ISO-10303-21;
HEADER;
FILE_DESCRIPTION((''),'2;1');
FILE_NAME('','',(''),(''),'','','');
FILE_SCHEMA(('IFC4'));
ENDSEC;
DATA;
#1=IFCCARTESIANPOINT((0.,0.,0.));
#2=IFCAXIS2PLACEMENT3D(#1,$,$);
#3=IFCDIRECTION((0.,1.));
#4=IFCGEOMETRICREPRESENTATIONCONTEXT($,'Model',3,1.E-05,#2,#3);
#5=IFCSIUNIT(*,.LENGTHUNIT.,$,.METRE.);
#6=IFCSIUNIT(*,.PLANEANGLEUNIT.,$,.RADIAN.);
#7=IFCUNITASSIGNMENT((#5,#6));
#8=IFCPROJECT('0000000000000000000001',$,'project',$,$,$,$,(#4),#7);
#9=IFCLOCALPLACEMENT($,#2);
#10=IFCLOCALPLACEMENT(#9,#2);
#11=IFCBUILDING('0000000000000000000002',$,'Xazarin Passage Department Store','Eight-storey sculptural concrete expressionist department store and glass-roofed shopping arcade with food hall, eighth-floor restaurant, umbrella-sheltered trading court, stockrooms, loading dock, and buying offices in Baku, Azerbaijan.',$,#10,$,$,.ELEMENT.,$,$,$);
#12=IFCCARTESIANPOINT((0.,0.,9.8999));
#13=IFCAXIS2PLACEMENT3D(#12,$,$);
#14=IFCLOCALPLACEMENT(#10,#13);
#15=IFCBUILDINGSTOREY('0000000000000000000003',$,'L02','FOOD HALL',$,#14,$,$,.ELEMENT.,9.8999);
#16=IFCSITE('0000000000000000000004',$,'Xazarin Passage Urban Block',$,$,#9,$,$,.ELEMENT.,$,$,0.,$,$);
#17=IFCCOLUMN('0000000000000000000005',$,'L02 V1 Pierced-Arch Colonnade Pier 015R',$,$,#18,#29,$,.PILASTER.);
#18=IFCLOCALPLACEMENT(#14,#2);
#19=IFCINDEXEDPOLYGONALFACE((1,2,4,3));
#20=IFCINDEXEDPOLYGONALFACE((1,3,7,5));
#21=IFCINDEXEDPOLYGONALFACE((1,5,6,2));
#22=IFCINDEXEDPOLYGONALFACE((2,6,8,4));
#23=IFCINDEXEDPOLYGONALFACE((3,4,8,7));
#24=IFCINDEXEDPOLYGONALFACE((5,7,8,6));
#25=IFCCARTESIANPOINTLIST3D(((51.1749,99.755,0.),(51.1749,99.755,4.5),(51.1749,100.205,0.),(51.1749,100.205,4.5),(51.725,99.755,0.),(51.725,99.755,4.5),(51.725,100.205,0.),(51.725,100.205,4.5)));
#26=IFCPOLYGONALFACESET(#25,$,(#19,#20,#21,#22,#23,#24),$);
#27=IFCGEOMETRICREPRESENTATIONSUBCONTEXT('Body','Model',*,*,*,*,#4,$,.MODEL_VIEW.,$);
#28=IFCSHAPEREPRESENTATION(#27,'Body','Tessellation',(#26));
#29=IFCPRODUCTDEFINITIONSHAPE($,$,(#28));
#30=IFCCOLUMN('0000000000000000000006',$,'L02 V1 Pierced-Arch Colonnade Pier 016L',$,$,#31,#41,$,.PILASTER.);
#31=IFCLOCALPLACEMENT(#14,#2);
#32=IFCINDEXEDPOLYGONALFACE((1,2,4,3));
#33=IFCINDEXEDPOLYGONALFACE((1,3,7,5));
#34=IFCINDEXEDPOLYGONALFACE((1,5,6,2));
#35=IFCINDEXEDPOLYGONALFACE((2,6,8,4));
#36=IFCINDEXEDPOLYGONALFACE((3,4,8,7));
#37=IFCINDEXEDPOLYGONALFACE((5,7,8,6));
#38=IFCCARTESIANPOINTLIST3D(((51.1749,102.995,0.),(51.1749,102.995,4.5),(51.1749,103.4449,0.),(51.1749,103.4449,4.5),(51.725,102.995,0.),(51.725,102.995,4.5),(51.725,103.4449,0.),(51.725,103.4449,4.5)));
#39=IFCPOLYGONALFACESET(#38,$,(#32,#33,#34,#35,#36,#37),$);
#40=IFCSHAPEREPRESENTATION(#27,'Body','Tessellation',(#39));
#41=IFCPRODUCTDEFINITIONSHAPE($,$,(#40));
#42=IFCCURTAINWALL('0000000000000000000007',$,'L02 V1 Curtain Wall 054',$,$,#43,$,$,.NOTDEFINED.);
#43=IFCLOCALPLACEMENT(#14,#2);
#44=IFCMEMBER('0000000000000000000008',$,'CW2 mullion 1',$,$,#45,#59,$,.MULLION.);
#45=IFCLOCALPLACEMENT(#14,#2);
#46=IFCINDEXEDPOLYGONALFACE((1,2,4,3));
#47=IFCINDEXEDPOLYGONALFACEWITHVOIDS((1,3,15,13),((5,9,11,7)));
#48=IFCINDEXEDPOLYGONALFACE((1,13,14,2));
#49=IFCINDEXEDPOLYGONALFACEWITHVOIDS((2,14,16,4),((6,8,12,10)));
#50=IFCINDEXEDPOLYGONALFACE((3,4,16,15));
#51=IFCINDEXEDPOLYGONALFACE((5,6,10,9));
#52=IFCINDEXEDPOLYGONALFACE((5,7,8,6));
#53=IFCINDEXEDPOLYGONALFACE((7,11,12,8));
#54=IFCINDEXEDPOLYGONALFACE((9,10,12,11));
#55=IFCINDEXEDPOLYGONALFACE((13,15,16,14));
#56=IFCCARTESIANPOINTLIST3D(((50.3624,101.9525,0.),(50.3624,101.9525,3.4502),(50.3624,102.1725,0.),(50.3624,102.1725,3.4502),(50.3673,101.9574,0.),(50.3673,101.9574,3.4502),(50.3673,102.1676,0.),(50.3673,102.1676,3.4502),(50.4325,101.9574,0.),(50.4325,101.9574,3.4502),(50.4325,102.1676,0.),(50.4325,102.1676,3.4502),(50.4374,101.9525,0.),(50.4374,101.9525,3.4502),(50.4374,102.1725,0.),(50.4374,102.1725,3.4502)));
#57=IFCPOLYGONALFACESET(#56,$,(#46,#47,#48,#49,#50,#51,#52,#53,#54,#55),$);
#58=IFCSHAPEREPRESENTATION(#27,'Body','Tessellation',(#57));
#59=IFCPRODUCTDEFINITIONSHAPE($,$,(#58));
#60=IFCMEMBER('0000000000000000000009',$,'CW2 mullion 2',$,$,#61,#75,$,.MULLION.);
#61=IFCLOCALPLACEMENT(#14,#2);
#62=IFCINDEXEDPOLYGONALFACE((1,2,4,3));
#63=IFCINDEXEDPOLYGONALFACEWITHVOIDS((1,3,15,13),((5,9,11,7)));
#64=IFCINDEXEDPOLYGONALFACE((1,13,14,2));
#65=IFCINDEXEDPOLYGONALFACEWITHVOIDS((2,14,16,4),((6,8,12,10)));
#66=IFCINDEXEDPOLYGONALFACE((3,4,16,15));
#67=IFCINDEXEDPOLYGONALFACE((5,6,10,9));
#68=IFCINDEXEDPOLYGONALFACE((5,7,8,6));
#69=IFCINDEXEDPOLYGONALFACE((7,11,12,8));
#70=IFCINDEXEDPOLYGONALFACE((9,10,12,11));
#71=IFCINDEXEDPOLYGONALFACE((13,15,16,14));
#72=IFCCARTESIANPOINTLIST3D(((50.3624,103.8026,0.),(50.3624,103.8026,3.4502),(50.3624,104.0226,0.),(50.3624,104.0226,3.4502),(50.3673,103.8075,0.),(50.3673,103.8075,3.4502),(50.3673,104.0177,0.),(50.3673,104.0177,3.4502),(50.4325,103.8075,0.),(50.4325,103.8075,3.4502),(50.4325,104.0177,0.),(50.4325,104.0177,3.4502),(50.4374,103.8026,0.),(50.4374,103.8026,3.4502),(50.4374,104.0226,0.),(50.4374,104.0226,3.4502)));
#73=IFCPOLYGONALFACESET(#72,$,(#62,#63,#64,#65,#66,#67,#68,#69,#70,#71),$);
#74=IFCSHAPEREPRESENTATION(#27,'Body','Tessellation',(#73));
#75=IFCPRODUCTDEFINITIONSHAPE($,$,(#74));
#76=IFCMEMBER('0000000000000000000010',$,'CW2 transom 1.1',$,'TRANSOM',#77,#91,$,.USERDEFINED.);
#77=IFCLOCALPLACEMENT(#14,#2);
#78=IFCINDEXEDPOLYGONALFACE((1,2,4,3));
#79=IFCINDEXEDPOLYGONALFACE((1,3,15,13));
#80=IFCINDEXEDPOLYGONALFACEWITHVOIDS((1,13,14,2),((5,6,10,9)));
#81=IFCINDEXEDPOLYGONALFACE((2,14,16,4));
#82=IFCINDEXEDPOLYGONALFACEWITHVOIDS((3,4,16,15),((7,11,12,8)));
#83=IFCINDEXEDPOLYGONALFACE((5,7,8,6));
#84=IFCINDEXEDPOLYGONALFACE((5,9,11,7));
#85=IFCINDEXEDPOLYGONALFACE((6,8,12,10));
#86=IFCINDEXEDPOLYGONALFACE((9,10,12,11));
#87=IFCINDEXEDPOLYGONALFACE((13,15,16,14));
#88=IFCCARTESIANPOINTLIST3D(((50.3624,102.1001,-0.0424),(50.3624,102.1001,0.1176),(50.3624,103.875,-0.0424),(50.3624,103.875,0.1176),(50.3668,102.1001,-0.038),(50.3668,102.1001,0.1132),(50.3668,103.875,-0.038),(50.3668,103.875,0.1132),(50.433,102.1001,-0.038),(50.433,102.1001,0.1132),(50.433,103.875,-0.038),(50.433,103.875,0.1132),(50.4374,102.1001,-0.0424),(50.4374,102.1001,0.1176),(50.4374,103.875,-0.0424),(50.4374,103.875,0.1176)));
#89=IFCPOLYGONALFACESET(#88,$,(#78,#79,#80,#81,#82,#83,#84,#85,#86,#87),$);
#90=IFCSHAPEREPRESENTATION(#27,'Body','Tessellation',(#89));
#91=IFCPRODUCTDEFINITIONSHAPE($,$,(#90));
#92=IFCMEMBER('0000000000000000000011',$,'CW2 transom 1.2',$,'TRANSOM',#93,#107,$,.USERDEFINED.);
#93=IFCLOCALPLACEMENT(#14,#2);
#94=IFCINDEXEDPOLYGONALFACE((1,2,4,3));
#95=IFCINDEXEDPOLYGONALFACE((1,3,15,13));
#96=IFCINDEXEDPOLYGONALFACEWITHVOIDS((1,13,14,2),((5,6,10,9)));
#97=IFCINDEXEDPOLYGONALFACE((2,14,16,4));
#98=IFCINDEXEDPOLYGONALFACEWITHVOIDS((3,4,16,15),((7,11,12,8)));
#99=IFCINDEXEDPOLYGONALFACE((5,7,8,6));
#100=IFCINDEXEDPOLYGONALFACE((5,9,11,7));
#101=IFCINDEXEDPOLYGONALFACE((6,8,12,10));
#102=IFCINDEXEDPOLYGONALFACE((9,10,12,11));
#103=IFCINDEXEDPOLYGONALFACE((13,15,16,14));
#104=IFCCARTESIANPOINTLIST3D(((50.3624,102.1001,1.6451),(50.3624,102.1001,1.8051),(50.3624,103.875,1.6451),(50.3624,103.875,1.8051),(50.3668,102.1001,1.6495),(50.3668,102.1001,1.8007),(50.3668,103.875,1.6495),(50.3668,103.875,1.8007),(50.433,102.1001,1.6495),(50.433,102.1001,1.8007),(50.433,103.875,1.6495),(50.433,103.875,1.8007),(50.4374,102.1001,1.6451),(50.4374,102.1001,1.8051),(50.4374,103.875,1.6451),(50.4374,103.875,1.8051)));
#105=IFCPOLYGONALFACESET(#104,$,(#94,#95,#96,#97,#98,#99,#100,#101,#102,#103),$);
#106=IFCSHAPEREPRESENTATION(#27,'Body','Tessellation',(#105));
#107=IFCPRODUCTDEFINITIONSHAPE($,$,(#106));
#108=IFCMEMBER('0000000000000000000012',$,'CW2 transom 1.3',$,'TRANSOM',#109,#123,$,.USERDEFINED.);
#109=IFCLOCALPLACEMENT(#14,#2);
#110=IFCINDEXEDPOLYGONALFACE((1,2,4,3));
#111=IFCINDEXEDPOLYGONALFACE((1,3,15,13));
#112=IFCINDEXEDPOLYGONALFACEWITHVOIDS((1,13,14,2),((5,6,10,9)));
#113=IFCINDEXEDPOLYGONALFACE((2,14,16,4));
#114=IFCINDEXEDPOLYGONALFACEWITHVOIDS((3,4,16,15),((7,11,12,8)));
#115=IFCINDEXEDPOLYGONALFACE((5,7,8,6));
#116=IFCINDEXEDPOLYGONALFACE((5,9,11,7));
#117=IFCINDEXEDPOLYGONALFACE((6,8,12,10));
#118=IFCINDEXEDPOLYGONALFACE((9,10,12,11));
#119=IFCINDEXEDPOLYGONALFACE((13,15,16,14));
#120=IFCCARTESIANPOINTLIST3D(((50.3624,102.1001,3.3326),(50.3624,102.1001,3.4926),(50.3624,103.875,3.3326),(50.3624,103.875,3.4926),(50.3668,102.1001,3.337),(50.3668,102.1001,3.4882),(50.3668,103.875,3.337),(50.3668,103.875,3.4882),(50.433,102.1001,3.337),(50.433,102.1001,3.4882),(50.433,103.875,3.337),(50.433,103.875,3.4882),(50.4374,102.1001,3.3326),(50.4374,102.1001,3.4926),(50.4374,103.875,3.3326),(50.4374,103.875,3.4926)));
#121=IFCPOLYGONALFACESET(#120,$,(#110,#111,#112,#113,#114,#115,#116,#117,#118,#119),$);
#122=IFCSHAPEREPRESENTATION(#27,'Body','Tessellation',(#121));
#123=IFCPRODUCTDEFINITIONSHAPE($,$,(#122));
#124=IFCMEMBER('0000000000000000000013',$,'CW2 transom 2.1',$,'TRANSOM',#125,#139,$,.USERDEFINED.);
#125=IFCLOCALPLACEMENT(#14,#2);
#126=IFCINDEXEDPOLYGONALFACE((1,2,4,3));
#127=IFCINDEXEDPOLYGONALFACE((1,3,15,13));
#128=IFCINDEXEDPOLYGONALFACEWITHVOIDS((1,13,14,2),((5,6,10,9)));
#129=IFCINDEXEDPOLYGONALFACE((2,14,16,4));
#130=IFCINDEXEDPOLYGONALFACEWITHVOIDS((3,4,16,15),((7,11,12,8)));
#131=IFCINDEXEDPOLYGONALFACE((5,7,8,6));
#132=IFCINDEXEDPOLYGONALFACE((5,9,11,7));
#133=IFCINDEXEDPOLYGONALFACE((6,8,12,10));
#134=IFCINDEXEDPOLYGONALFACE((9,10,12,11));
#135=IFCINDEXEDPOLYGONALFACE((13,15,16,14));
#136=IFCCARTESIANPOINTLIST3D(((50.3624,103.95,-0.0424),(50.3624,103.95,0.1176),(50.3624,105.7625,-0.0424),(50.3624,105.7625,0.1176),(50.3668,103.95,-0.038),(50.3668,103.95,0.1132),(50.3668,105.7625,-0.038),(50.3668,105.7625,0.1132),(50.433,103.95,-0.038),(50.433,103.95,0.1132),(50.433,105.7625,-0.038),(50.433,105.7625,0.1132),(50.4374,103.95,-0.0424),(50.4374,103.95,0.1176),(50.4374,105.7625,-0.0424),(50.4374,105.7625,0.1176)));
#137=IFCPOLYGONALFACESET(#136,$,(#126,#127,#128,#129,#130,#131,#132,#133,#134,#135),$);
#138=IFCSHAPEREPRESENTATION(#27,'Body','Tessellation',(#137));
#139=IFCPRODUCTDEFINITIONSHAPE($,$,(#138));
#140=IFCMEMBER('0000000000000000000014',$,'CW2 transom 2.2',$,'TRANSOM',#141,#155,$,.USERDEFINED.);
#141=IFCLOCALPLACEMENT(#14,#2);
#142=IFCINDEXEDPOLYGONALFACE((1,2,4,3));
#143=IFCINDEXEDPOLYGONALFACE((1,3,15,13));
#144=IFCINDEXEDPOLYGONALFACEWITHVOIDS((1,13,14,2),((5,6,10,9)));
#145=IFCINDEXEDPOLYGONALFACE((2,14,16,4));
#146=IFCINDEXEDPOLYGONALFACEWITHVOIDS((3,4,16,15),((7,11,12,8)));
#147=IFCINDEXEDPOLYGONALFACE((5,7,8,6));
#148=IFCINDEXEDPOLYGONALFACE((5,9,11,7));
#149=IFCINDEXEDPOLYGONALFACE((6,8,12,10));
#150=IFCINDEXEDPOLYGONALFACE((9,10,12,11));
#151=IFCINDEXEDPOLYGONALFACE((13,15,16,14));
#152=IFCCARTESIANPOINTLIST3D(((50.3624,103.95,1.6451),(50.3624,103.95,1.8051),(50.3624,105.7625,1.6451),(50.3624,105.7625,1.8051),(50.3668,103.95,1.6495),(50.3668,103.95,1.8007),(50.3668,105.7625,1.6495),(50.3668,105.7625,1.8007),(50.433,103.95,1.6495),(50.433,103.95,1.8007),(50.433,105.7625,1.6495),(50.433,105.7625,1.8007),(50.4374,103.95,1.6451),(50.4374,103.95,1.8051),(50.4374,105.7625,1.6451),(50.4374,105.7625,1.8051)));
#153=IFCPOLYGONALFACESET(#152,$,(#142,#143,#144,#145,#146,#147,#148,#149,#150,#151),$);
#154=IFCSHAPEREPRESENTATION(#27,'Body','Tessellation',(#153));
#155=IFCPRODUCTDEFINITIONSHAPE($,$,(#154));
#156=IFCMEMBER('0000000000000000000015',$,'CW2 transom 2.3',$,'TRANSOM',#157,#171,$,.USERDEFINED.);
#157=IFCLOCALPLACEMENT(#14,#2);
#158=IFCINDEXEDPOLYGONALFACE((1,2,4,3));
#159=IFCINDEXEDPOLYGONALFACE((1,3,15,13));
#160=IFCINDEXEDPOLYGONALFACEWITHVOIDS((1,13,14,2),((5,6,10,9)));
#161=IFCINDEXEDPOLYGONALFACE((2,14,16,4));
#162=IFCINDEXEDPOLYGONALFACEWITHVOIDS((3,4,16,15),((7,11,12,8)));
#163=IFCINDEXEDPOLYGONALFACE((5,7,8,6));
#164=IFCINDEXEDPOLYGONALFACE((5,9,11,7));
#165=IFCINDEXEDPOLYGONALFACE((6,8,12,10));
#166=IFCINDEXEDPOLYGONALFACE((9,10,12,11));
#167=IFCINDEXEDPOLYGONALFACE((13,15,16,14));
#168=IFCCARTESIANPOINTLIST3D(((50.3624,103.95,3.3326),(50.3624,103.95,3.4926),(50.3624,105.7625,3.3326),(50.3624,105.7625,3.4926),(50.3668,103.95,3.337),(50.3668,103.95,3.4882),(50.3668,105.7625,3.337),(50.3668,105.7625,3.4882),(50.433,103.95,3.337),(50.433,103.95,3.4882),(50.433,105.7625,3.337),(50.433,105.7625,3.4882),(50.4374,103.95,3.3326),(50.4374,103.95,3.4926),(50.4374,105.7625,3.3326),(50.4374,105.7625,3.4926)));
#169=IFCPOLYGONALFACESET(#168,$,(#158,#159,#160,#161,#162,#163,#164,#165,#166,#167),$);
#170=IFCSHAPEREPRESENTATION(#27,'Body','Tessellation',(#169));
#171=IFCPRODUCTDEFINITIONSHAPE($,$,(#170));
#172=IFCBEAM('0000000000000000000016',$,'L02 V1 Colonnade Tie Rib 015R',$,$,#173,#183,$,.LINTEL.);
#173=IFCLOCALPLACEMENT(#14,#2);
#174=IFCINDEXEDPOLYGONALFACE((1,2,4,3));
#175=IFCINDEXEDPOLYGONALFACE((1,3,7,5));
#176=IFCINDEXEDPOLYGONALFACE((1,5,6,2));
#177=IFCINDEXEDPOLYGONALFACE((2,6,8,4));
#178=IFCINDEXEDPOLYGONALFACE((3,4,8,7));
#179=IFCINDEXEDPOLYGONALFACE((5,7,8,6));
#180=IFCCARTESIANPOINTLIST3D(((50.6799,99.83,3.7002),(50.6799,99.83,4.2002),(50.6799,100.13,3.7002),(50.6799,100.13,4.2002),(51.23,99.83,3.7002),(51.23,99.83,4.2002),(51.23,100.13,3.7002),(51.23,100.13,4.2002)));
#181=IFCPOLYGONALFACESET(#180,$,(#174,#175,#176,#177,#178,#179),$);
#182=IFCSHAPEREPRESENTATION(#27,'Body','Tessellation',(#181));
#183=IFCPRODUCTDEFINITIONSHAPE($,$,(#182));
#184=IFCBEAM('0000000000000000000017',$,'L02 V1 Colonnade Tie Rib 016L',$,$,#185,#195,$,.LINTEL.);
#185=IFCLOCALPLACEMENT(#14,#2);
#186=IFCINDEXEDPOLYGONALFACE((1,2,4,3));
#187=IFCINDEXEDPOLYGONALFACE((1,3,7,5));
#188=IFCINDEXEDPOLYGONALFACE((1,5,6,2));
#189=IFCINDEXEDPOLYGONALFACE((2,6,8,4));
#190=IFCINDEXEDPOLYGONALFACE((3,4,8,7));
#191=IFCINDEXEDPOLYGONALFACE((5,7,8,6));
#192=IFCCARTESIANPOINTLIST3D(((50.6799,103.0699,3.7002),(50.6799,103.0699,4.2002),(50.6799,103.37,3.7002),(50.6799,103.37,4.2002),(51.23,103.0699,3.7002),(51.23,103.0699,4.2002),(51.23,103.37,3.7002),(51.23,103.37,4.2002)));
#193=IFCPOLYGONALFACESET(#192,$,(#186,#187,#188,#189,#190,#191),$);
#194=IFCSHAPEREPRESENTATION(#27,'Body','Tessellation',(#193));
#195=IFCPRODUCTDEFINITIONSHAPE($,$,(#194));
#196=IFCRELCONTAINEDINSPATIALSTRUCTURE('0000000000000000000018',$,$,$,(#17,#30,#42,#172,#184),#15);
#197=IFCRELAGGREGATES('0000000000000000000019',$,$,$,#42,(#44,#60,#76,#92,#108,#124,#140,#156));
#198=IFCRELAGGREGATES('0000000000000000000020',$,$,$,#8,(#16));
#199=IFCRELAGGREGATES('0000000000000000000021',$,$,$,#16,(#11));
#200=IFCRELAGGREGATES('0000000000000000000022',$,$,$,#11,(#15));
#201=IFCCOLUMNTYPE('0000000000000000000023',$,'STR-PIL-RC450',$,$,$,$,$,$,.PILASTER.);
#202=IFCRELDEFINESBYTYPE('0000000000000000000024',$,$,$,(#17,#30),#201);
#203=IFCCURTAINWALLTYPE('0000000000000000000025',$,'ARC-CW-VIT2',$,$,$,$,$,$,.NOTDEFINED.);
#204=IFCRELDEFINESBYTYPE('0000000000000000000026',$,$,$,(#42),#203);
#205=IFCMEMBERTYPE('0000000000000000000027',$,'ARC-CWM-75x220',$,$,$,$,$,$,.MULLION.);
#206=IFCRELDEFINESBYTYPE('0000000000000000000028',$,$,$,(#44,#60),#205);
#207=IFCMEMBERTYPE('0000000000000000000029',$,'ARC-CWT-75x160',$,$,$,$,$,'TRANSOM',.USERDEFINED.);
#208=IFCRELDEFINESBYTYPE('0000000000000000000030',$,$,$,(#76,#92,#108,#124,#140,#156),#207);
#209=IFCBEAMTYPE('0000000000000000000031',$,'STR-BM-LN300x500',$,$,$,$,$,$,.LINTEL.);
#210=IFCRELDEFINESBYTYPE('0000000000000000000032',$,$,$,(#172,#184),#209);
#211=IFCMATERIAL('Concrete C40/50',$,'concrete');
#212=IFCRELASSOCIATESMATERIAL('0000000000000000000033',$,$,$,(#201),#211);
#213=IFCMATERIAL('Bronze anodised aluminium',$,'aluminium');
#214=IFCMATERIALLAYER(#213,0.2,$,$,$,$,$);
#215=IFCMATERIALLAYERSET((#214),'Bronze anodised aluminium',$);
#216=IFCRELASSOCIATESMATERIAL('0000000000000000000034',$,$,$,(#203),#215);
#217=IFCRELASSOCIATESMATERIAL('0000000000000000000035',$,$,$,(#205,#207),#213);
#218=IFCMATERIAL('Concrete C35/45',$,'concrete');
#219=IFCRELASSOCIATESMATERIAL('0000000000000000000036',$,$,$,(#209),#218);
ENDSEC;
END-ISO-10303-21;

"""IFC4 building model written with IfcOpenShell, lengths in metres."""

from ifc_helpers import new_model, si_unit, direction, frame, origin, origin_2d, place, context, subcontext, project, spatial, rectangle, hollow_rectangle, extrude, material, layer, layer_set, material_profile, profile_set, type_object, element, aggregate, save


model = new_model("IFC4")

# Units and contexts
model_context = context("Model", 3, precision=1e-05, world=origin(), true_north=direction((0.0, 1.0)))
body_context = subcontext(model_context, "Body", "Model", "MODEL_VIEW")
ifc_project = project(units=[si_unit("LENGTHUNIT", "METRE"), si_unit("PLANEANGLEUNIT", "RADIAN")], contexts=[model_context])

# Site, building, storey
site_placement = place(None, origin())
site = spatial("IfcSite", under=ifc_project, at=site_placement, Name="Xazarin Passage Urban Block", CompositionType="ELEMENT", RefElevation=0.0)
building_placement = place(site_placement, origin())
building = spatial("IfcBuilding", under=site, at=building_placement, Name="Xazarin Passage Department Store", Description="Eight-storey sculptural concrete expressionist department store and glass-roofed shopping arcade with food hall, eighth-floor restaurant, umbrella-sheltered trading court, stockrooms, loading dock, and buying offices in Baku, Azerbaijan.", CompositionType="ELEMENT")
storey_placement = place(building_placement, frame((0.0, 0.0, 9.8999)))
storey = spatial("IfcBuildingStorey", under=building, at=storey_placement, Name="L02", Description="FOOD HALL", CompositionType="ELEMENT", Elevation=9.8999)

# Columns
ifc_material_1 = material(Name="Concrete C40/50", Category="concrete")
ifc_material_profile_1 = material_profile(ifc_material_1, rectangle(XDim=0.45, YDim=0.55, at=origin_2d()), Name="RC 450x550")
ifc_profile_set_1 = profile_set([ifc_material_profile_1], Name="Concrete C40/50")
column_type = type_object("IfcColumnType", Name="STR-PIL-RC450", PredefinedType="PILASTER", material=ifc_profile_set_1)
for number, where, z_axis, x_axis, name in (
    (1, (51.45, 99.98, 0.0), (0.0, 0.0, 1.0), (0.0, 1.0, 0.0), "L02 V1 Pierced-Arch Colonnade Pier 015R"),
    (2, (51.45, 103.22, 0.0), (0.0, 0.0, 1.0), (0.0, 1.0, 0.0), "L02 V1 Pierced-Arch Colonnade Pier 016L"),
):
    element("IfcColumn", number, at=place(storey_placement, frame(where, z_axis=z_axis, x_axis=x_axis)), inside=storey, type_object=column_type, Name=name, PredefinedType="PILASTER", context=body_context, shape_type="SweptSolid", body=[
        extrude(rectangle(XDim=0.45, YDim=0.55, at=origin_2d()), origin(), (0.0, 0.0, 1.0), 4.5),
    ])

# Curtain wall, members
ifc_material_2 = material(Name="Bronze anodised aluminium", Category="aluminium")
ifc_layer_1 = layer(ifc_material_2, 0.2)
ifc_layer_set_1 = layer_set([ifc_layer_1], Name="Bronze anodised aluminium")
curtain_wall_type = type_object("IfcCurtainWallType", Name="ARC-CW-VIT2", PredefinedType="NOTDEFINED", material=ifc_layer_set_1)
curtain_wall_1_placement = place(storey_placement, origin())
curtain_wall_1 = element("IfcCurtainWall", 3, at=curtain_wall_1_placement, inside=storey, type_object=curtain_wall_type, Name="L02 V1 Curtain Wall 054", PredefinedType="NOTDEFINED")
ifc_material_profile_2 = material_profile(ifc_material_2, hollow_rectangle(XDim=0.075, YDim=0.22, WallThickness=0.0049, at=origin_2d()), Name="ALU 75x220")
ifc_profile_set_2 = profile_set([ifc_material_profile_2], Name="Bronze anodised aluminium")
member_type_1 = type_object("IfcMemberType", Name="ARC-CWM-75x220", PredefinedType="MULLION", material=ifc_profile_set_2)
member_1_placement = place(storey_placement, frame((50.3999, 102.0625, 0.0), z_axis=(0.0, 0.0, 1.0), x_axis=(-1.0, 0.0, 0.0)))
member_1 = element("IfcMember", 4, at=member_1_placement, type_object=member_type_1, Name="CW2 mullion 1", PredefinedType="MULLION", context=body_context, shape_type="SweptSolid", body=[
    extrude(hollow_rectangle(XDim=0.075, YDim=0.22, WallThickness=0.0049, at=origin_2d()), origin(), (0.0, 0.0, 1.0), 3.4502),
])
member_2_placement = place(storey_placement, frame((50.3999, 103.9126, 0.0), z_axis=(0.0, 0.0, 1.0), x_axis=(-1.0, 0.0, 0.0)))
member_2 = element("IfcMember", 5, at=member_2_placement, type_object=member_type_1, Name="CW2 mullion 2", PredefinedType="MULLION", context=body_context, shape_type="SweptSolid", body=[
    extrude(hollow_rectangle(XDim=0.075, YDim=0.22, WallThickness=0.0049, at=origin_2d()), origin(), (0.0, 0.0, 1.0), 3.4502),
])
ifc_material_profile_3 = material_profile(ifc_material_2, hollow_rectangle(XDim=0.075, YDim=0.1599, WallThickness=0.0044, at=origin_2d()), Name="ALU 75x160")
ifc_profile_set_3 = profile_set([ifc_material_profile_3], Name="Bronze anodised aluminium")
member_type_2 = type_object("IfcMemberType", Name="ARC-CWT-75x160", ElementType="TRANSOM", PredefinedType="USERDEFINED", material=ifc_profile_set_3)
member_3_placement = place(storey_placement, frame((50.3999, 102.1001, 0.0376), z_axis=(0.0, 1.0, 0.0), x_axis=(-1.0, 0.0, 0.0)))
member_3 = element("IfcMember", 6, at=member_3_placement, type_object=member_type_2, Name="CW2 transom 1.1", ObjectType="TRANSOM", PredefinedType="USERDEFINED", context=body_context, shape_type="SweptSolid", body=[
    extrude(hollow_rectangle(XDim=0.075, YDim=0.1599, WallThickness=0.0044, at=origin_2d()), origin(), (0.0, 0.0, 1.0), 1.7749),
])
member_4_placement = place(storey_placement, frame((50.3999, 102.1001, 1.7251), z_axis=(0.0, 1.0, 0.0), x_axis=(-1.0, 0.0, 0.0)))
member_4 = element("IfcMember", 7, at=member_4_placement, type_object=member_type_2, Name="CW2 transom 1.2", ObjectType="TRANSOM", PredefinedType="USERDEFINED", context=body_context, shape_type="SweptSolid", body=[
    extrude(hollow_rectangle(XDim=0.075, YDim=0.1599, WallThickness=0.0044, at=origin_2d()), origin(), (0.0, 0.0, 1.0), 1.7749),
])
member_5_placement = place(storey_placement, frame((50.3999, 102.1001, 3.4126), z_axis=(0.0, 1.0, 0.0), x_axis=(-1.0, 0.0, 0.0)))
member_5 = element("IfcMember", 8, at=member_5_placement, type_object=member_type_2, Name="CW2 transom 1.3", ObjectType="TRANSOM", PredefinedType="USERDEFINED", context=body_context, shape_type="SweptSolid", body=[
    extrude(hollow_rectangle(XDim=0.075, YDim=0.1599, WallThickness=0.0044, at=origin_2d()), origin(), (0.0, 0.0, 1.0), 1.7749),
])
member_6_placement = place(storey_placement, frame((50.3999, 103.95, 0.0376), z_axis=(0.0, 1.0, 0.0), x_axis=(-1.0, 0.0, 0.0)))
member_6 = element("IfcMember", 9, at=member_6_placement, type_object=member_type_2, Name="CW2 transom 2.1", ObjectType="TRANSOM", PredefinedType="USERDEFINED", context=body_context, shape_type="SweptSolid", body=[
    extrude(hollow_rectangle(XDim=0.075, YDim=0.1599, WallThickness=0.0044, at=origin_2d()), origin(), (0.0, 0.0, 1.0), 1.8125),
])
member_7_placement = place(storey_placement, frame((50.3999, 103.95, 1.7251), z_axis=(0.0, 1.0, 0.0), x_axis=(-1.0, 0.0, 0.0)))
member_7 = element("IfcMember", 10, at=member_7_placement, type_object=member_type_2, Name="CW2 transom 2.2", ObjectType="TRANSOM", PredefinedType="USERDEFINED", context=body_context, shape_type="SweptSolid", body=[
    extrude(hollow_rectangle(XDim=0.075, YDim=0.1599, WallThickness=0.0044, at=origin_2d()), origin(), (0.0, 0.0, 1.0), 1.8125),
])
member_8_placement = place(storey_placement, frame((50.3999, 103.95, 3.4126), z_axis=(0.0, 1.0, 0.0), x_axis=(-1.0, 0.0, 0.0)))
member_8 = element("IfcMember", 11, at=member_8_placement, type_object=member_type_2, Name="CW2 transom 2.3", ObjectType="TRANSOM", PredefinedType="USERDEFINED", context=body_context, shape_type="SweptSolid", body=[
    extrude(hollow_rectangle(XDim=0.075, YDim=0.1599, WallThickness=0.0044, at=origin_2d()), origin(), (0.0, 0.0, 1.0), 1.8125),
])

# Beams
ifc_material_3 = material(Name="Concrete C35/45", Category="concrete")
ifc_material_profile_4 = material_profile(ifc_material_3, rectangle(XDim=0.3, YDim=0.5, at=origin_2d()), Name="RC 300x500")
ifc_profile_set_4 = profile_set([ifc_material_profile_4], Name="Concrete C35/45")
beam_type = type_object("IfcBeamType", Name="STR-BM-LN300x500", PredefinedType="LINTEL", material=ifc_profile_set_4)
for number, where, z_axis, x_axis, name in (
    (12, (50.6799, 99.98, 3.9502), (1.0, 0.0, 0.0), (0.0, 1.0, 0.0), "L02 V1 Colonnade Tie Rib 015R"),
    (13, (50.6799, 103.22, 3.9502), (1.0, 0.0, 0.0), (0.0, 1.0, 0.0), "L02 V1 Colonnade Tie Rib 016L"),
):
    element("IfcBeam", number, at=place(storey_placement, frame(where, z_axis=z_axis, x_axis=x_axis)), inside=storey, type_object=beam_type, Name=name, PredefinedType="LINTEL", context=body_context, shape_type="SweptSolid", body=[
        extrude(rectangle(XDim=0.3, YDim=0.5, at=origin_2d()), origin(), (0.0, 0.0, 1.0), 0.55),
    ])

aggregate(curtain_wall_1, [member_1, member_2, member_3, member_4, member_5, member_6, member_7, member_8])

save(model, "model.ifc")
